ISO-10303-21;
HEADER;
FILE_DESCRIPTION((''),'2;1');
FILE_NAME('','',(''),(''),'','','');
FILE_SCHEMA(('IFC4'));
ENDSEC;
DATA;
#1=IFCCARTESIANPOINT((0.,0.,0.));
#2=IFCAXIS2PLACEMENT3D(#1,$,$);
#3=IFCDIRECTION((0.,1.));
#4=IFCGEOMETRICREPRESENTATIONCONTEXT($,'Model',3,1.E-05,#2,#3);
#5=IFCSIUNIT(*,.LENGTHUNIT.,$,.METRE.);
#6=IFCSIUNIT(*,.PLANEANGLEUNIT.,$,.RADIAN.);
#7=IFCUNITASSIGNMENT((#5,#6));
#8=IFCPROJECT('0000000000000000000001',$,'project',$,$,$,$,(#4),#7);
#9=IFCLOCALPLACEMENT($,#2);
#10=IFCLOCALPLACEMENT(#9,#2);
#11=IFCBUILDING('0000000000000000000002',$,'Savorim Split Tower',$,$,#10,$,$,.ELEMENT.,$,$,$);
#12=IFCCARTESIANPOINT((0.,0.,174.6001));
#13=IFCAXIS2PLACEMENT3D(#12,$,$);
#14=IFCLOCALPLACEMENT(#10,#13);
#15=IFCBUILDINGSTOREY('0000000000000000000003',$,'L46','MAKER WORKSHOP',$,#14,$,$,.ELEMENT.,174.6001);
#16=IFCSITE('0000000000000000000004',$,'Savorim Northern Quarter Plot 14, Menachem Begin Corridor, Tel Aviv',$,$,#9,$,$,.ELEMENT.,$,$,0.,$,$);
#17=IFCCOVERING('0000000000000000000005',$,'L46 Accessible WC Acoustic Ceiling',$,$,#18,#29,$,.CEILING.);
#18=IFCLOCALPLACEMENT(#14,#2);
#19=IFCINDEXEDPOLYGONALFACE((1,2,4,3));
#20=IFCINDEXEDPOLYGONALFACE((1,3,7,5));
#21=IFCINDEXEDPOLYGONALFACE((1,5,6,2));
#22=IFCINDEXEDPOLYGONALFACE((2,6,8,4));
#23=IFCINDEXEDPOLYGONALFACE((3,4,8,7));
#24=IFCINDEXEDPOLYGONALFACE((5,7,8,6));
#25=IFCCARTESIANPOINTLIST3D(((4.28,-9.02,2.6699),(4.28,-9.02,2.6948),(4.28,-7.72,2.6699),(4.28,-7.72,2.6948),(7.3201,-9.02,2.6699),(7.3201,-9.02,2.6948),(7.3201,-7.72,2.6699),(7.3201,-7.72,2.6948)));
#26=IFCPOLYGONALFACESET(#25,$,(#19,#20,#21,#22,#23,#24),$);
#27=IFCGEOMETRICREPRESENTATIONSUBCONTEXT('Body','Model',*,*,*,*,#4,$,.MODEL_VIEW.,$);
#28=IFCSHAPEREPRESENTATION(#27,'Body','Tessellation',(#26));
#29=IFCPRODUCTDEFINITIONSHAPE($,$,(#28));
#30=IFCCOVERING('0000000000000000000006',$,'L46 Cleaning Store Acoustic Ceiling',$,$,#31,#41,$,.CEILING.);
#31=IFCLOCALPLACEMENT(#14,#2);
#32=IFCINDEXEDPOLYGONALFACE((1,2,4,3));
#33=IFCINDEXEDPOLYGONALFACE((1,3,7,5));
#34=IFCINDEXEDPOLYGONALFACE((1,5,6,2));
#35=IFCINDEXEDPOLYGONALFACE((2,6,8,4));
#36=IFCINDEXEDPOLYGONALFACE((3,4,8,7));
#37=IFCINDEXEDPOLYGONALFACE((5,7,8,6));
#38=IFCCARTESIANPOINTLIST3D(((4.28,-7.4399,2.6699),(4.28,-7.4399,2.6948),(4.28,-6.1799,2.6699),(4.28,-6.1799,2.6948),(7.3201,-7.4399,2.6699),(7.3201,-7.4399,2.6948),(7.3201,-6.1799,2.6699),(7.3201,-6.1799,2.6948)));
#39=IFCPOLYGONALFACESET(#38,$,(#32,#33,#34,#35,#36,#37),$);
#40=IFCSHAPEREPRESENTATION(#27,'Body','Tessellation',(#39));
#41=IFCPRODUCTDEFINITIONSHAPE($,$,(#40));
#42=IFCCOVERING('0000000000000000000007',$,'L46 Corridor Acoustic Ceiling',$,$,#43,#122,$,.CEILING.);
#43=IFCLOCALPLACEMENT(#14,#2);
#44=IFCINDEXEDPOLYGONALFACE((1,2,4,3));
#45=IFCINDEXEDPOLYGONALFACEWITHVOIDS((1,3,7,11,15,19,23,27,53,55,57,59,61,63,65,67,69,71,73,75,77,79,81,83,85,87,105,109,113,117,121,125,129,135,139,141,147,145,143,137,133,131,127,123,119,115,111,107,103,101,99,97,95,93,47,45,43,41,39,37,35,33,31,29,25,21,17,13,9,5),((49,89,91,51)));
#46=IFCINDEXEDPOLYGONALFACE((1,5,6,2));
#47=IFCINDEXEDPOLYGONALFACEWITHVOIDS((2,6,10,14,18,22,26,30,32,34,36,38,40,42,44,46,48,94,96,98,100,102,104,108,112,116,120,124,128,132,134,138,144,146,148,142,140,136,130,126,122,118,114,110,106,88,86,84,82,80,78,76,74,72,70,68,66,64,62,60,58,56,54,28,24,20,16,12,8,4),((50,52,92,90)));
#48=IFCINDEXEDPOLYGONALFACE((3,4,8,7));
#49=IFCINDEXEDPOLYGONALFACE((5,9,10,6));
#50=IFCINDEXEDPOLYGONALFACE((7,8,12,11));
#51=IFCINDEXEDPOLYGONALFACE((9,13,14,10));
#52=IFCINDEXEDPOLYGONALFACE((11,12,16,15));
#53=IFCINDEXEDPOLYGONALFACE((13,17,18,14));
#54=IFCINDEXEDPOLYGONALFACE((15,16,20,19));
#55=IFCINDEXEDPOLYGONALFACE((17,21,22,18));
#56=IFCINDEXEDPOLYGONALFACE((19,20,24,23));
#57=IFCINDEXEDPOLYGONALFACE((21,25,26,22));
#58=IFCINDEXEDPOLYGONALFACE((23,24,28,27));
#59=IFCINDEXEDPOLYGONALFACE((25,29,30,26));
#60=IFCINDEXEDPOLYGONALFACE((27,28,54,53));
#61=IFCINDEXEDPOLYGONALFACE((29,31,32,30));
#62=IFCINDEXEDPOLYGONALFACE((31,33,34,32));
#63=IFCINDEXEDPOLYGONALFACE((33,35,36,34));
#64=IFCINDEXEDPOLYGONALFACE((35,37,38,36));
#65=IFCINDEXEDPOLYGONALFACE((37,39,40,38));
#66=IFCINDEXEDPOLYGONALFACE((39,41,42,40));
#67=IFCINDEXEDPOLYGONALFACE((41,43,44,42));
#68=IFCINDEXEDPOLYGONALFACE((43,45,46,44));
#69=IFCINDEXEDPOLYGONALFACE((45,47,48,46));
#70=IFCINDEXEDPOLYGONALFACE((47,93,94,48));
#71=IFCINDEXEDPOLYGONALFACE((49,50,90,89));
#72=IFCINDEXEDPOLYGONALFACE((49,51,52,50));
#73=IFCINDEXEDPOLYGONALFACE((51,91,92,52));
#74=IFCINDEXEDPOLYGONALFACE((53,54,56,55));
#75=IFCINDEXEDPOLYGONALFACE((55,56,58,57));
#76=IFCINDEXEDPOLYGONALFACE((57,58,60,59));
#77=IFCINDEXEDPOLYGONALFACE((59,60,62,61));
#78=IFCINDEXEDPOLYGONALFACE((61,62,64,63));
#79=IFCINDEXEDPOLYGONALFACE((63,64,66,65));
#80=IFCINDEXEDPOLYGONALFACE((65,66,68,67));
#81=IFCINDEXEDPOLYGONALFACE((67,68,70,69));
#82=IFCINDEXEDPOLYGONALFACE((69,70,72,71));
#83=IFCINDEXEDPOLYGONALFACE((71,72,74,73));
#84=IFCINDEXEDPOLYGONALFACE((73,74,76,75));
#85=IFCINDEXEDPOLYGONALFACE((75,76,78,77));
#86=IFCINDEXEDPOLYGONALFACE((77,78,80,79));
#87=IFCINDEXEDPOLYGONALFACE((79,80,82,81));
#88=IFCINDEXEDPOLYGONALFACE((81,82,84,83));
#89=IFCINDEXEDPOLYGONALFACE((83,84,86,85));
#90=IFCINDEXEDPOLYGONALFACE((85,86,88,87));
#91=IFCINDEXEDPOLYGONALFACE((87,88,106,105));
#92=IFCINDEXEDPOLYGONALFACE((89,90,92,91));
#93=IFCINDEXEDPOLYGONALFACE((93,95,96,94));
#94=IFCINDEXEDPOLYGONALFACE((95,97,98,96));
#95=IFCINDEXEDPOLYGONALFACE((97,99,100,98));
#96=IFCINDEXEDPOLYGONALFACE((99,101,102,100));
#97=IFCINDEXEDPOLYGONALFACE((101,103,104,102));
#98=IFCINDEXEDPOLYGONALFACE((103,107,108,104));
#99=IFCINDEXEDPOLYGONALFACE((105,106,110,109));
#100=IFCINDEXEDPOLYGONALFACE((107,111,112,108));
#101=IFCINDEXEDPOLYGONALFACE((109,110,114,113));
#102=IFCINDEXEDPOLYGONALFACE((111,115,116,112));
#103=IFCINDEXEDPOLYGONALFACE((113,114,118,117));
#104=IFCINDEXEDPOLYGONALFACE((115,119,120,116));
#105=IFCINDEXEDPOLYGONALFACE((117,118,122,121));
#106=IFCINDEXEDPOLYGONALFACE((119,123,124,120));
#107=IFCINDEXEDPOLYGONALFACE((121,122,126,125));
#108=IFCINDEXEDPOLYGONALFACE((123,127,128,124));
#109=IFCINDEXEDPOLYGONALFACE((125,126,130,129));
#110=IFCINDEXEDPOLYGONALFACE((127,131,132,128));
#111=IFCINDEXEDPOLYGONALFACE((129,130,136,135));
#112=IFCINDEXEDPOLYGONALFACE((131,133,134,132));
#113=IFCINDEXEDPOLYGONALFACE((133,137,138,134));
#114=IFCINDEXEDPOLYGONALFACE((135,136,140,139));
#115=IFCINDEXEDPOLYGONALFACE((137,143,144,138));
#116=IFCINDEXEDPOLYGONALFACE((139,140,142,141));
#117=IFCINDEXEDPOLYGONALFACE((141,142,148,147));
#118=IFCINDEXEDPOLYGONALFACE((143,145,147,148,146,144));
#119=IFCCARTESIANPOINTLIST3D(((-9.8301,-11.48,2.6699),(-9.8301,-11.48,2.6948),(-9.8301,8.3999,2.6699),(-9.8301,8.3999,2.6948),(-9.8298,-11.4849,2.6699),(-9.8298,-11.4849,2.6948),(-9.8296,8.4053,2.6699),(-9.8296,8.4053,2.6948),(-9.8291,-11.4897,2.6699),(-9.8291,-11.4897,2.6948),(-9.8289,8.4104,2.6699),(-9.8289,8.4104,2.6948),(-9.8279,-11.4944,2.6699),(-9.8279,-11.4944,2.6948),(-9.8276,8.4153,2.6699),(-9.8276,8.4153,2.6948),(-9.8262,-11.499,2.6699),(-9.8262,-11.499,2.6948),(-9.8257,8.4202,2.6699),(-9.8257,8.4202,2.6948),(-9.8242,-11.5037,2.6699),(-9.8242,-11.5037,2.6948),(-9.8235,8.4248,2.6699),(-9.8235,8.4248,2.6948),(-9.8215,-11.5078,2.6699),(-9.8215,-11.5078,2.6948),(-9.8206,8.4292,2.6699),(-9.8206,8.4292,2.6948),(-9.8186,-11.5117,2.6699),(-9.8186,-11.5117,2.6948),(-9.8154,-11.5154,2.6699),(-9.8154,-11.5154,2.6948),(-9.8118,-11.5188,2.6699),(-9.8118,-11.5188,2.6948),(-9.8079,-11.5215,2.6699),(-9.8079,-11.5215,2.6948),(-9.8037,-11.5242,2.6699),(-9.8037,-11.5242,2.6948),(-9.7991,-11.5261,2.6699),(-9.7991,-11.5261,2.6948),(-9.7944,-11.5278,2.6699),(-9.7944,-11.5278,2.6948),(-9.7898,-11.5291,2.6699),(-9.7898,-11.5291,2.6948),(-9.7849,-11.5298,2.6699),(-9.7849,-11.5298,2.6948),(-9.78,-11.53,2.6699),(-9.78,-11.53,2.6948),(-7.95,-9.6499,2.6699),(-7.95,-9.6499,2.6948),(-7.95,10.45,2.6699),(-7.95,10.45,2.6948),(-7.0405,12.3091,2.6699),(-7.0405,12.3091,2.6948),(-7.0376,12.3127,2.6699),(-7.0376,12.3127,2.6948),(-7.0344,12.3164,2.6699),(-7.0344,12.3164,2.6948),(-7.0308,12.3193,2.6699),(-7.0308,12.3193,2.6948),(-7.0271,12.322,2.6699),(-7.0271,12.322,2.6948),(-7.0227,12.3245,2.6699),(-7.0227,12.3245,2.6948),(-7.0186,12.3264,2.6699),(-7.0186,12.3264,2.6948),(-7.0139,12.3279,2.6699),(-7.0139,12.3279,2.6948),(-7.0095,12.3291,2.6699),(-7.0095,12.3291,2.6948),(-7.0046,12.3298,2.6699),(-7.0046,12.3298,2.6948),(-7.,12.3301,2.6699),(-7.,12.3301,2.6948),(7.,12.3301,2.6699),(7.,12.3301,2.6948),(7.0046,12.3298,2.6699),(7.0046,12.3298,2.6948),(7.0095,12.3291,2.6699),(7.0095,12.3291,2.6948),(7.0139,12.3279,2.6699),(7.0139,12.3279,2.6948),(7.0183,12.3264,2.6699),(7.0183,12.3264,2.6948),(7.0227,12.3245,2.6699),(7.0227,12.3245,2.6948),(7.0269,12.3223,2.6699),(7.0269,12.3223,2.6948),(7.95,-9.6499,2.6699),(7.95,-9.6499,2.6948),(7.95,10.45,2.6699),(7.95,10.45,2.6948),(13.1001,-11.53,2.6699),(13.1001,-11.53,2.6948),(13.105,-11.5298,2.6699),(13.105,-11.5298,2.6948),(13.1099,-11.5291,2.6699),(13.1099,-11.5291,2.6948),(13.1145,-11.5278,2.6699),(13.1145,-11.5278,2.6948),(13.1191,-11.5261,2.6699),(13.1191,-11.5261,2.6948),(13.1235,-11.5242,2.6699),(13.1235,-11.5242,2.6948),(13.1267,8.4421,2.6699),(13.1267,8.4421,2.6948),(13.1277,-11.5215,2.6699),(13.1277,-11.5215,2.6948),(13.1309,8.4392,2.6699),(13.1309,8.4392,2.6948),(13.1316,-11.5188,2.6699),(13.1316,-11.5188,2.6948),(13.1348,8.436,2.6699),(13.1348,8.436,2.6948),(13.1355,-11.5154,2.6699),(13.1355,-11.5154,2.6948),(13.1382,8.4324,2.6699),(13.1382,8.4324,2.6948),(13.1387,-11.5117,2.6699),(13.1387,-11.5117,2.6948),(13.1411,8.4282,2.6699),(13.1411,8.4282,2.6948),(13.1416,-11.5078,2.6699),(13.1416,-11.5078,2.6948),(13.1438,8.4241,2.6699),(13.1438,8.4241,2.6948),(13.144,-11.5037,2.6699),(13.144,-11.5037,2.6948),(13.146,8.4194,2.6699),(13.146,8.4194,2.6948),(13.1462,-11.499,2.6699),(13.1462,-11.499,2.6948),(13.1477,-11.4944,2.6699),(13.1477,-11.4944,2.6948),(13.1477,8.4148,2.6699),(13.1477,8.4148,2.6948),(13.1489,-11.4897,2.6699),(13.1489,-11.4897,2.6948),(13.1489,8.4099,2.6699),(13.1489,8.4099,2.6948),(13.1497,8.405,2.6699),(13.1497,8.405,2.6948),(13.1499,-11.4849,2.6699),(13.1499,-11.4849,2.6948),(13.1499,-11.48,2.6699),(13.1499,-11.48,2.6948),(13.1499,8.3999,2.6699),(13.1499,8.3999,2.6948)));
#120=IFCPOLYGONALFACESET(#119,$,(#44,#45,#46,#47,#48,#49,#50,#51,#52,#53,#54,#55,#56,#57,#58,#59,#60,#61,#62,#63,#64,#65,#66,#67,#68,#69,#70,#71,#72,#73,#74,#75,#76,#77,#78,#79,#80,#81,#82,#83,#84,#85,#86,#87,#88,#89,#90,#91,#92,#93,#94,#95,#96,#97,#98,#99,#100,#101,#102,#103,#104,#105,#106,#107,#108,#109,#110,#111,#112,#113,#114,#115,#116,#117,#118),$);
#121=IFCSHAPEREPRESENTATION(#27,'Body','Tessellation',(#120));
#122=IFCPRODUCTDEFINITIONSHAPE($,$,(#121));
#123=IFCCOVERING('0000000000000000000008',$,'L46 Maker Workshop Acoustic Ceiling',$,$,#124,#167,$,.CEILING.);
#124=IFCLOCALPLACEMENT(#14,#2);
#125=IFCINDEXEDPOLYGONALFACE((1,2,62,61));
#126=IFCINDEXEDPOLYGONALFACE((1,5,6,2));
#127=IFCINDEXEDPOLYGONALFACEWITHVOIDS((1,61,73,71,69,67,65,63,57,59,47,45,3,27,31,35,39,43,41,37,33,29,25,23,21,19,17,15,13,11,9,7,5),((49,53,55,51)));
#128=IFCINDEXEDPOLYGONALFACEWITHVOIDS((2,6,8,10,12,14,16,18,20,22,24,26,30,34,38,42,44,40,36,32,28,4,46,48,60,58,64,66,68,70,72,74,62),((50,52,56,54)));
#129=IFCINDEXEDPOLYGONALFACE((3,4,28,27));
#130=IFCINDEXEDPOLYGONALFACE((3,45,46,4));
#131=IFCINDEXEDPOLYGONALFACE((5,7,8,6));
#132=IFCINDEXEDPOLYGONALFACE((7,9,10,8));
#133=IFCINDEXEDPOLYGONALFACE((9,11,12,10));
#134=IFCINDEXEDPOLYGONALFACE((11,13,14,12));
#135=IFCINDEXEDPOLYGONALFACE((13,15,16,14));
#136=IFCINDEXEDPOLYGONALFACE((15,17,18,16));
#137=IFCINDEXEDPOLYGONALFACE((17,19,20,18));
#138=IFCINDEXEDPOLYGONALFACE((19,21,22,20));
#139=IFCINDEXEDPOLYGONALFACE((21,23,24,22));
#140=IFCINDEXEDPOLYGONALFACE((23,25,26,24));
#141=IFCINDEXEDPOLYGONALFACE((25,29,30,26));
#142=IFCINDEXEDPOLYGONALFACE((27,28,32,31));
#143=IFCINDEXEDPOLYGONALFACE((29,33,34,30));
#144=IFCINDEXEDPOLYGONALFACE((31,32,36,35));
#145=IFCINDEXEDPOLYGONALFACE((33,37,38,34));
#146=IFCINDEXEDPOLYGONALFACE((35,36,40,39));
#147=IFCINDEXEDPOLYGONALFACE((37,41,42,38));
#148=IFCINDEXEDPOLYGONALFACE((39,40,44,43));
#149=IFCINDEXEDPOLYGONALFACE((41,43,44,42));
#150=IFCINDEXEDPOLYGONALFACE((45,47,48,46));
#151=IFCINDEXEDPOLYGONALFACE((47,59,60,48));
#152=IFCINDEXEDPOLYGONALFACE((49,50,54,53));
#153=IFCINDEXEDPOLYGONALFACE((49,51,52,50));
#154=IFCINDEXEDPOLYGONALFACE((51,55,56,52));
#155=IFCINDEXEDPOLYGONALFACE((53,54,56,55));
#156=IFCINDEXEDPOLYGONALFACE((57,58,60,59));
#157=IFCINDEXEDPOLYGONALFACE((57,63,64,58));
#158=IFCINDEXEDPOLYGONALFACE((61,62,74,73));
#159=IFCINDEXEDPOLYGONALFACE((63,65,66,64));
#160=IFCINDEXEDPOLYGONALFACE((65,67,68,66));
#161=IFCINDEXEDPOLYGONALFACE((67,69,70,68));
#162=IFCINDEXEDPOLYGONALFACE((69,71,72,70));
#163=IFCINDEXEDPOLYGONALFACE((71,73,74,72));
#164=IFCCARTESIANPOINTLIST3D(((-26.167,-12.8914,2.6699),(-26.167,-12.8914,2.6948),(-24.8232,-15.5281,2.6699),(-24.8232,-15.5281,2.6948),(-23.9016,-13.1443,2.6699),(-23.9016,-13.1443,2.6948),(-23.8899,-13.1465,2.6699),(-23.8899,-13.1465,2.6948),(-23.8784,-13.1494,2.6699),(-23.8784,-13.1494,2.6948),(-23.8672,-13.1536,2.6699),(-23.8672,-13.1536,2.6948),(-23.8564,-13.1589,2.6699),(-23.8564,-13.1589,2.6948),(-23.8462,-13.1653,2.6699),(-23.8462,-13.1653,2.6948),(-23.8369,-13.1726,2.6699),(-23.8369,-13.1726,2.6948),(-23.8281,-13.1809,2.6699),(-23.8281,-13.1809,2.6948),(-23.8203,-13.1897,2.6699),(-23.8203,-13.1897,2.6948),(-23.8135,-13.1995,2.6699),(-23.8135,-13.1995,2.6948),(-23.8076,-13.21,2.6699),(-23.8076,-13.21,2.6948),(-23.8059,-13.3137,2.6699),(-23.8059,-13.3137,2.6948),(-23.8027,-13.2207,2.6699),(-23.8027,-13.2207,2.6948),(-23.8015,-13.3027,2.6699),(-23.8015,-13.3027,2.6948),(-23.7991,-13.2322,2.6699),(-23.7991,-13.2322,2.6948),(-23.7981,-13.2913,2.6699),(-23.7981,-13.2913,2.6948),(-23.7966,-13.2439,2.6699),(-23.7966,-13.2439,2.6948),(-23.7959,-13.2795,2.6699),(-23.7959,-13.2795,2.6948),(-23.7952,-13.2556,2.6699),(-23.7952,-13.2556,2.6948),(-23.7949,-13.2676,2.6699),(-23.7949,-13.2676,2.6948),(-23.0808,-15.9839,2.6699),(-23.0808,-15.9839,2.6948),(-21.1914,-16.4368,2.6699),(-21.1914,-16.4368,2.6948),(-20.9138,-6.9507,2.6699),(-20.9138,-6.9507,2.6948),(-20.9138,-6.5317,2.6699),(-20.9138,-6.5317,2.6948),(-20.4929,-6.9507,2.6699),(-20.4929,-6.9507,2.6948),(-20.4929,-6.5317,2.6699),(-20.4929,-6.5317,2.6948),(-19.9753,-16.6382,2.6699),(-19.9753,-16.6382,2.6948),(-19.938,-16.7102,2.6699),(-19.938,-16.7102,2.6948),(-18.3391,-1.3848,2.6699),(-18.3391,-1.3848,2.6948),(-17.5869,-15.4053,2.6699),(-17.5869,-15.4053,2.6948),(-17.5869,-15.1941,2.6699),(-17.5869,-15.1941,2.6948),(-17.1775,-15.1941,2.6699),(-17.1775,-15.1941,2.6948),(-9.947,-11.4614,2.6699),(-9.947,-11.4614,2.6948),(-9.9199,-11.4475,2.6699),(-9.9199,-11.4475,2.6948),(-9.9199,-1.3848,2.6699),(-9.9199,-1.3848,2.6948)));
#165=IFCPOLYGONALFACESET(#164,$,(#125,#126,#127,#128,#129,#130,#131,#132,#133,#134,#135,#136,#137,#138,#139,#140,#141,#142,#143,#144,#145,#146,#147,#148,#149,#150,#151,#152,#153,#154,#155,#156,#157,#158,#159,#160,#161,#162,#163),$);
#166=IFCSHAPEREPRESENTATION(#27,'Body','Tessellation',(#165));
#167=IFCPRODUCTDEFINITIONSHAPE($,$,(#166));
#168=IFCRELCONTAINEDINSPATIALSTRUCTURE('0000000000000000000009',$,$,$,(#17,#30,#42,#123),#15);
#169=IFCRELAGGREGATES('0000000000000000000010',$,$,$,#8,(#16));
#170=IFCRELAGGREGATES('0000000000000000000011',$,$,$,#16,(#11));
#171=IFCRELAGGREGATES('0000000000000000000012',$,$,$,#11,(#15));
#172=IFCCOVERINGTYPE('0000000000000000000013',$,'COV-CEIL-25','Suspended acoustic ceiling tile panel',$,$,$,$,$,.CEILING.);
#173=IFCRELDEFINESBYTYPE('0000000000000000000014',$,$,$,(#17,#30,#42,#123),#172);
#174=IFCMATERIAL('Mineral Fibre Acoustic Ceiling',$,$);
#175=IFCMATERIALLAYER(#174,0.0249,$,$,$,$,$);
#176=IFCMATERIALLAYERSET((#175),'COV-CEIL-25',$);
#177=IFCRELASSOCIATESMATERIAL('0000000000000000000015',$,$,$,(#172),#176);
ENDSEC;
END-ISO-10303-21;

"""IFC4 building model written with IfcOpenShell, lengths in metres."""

from ifc_helpers import new_model, si_unit, direction, frame, origin, place, context, subcontext, project, spatial, polyline, outline, extrude, material, layer, layer_set, type_object, element, save


model = new_model("IFC4")

# Units and contexts
model_context = context("Model", 3, precision=1e-05, world=origin(), true_north=direction((0.0, 1.0)))
body_context = subcontext(model_context, "Body", "Model", "MODEL_VIEW")
ifc_project = project(units=[si_unit("LENGTHUNIT", "METRE"), si_unit("PLANEANGLEUNIT", "RADIAN")], contexts=[model_context])

# Site, building, storey
site_placement = place(None, origin())
site = spatial("IfcSite", under=ifc_project, at=site_placement, Name="Savorim Northern Quarter Plot 14, Menachem Begin Corridor, Tel Aviv", CompositionType="ELEMENT", RefElevation=0.0)
building_placement = place(site_placement, origin())
building = spatial("IfcBuilding", under=site, at=building_placement, Name="Savorim Split Tower", CompositionType="ELEMENT")
storey_placement = place(building_placement, frame((0.0, 0.0, 174.6001)))
storey = spatial("IfcBuildingStorey", under=building, at=storey_placement, Name="L46", Description="MAKER WORKSHOP", CompositionType="ELEMENT", Elevation=174.6001)

# Coverings
ifc_material_1 = material(Name="Mineral Fibre Acoustic Ceiling")
ifc_layer_1 = layer(ifc_material_1, 0.0249)
ifc_layer_set_1 = layer_set([ifc_layer_1], Name="COV-CEIL-25")
covering_type_1 = type_object("IfcCoveringType", Name="COV-CEIL-25", Description="Suspended acoustic ceiling tile panel", PredefinedType="CEILING", material=ifc_layer_set_1)
covering_1_placement = place(storey_placement, frame((0.0, 0.0, 2.6699)))
element("IfcCovering", 1, at=covering_1_placement, inside=storey, type_object=covering_type_1, Name="L46 Accessible WC Acoustic Ceiling", PredefinedType="CEILING", context=body_context, shape_type="SweptSolid", body=[
    extrude(outline(polyline([(4.28, -7.72), (4.28, -9.02), (7.3201, -9.02), (7.3201, -7.72), (4.28, -7.72)])), origin(), (0.0, 0.0, 1.0), 0.0249),
])
covering_2_placement = place(storey_placement, frame((0.0, 0.0, 2.6699)))
element("IfcCovering", 2, at=covering_2_placement, inside=storey, type_object=covering_type_1, Name="L46 Cleaning Store Acoustic Ceiling", PredefinedType="CEILING", context=body_context, shape_type="SweptSolid", body=[
    extrude(outline(polyline([(4.28, -6.1799), (4.28, -7.4399), (7.3201, -7.4399), (7.3201, -6.1799), (4.28, -6.1799)])), origin(), (0.0, 0.0, 1.0), 0.0249),
])
covering_3_placement = place(storey_placement, frame((0.0, 0.0, 2.6699)))
element("IfcCovering", 3, at=covering_3_placement, inside=storey, type_object=covering_type_1, Name="L46 Corridor Acoustic Ceiling", PredefinedType="CEILING", context=body_context, shape_type="SweptSolid", body=[
    extrude(outline(polyline([(7.0095, 12.3291), (7.0046, 12.3298), (7.0, 12.3301), (-7.0, 12.3301), (-7.0046, 12.3298), (-7.0095, 12.3291), (-7.0139, 12.3279), (-7.0186, 12.3264), (-7.0227, 12.3245), (-7.0271, 12.322), (-7.0308, 12.3193), (-7.0344, 12.3164), (-7.0376, 12.3127), (-7.0405, 12.3091), (-9.8206, 8.4292), (-9.8235, 8.4248), (-9.8257, 8.4202), (-9.8276, 8.4153), (-9.8289, 8.4104), (-9.8296, 8.4053), (-9.8301, 8.3999), (-9.8301, -11.48), (-9.8298, -11.4849), (-9.8291, -11.4897), (-9.8279, -11.4944), (-9.8262, -11.499), (-9.8242, -11.5037), (-9.8215, -11.5078), (-9.8186, -11.5117), (-9.8154, -11.5154), (-9.8118, -11.5188), (-9.8079, -11.5215), (-9.8037, -11.5242), (-9.7991, -11.5261), (-9.7944, -11.5278), (-9.7898, -11.5291), (-9.7849, -11.5298), (-9.78, -11.53), (13.1001, -11.53), (13.105, -11.5298), (13.1099, -11.5291), (13.1145, -11.5278), (13.1191, -11.5261), (13.1235, -11.5242), (13.1277, -11.5215), (13.1316, -11.5188), (13.1355, -11.5154), (13.1387, -11.5117), (13.1416, -11.5078), (13.144, -11.5037), (13.1462, -11.499), (13.1477, -11.4944), (13.1489, -11.4897), (13.1499, -11.4849), (13.1499, -11.48), (13.1499, 8.3999), (13.1497, 8.405), (13.1489, 8.4099), (13.1477, 8.4148), (13.146, 8.4194), (13.1438, 8.4241), (13.1411, 8.4282), (13.1382, 8.4324), (13.1348, 8.436), (13.1309, 8.4392), (13.1267, 8.4421), (7.0269, 12.3223), (7.0227, 12.3245), (7.0183, 12.3264), (7.0139, 12.3279), (7.0095, 12.3291)]), holes=[polyline([(-7.95, 10.45), (-7.95, -9.6499), (7.95, -9.6499), (7.95, 10.45), (-7.95, 10.45)])]), origin(), (0.0, 0.0, 1.0), 0.0249),
])
covering_4_placement = place(storey_placement, frame((0.0, 0.0, 2.6699)))
element("IfcCovering", 4, at=covering_4_placement, inside=storey, type_object=covering_type_1, Name="L46 Maker Workshop Acoustic Ceiling", PredefinedType="CEILING", context=body_context, shape_type="SweptSolid", body=[
    extrude(outline(polyline([(-23.7952, -13.2556), (-23.7949, -13.2676), (-23.7959, -13.2795), (-23.7981, -13.2913), (-23.8015, -13.3027), (-23.8059, -13.3137), (-24.8232, -15.5281), (-23.0808, -15.9839), (-21.1914, -16.4368), (-19.938, -16.7102), (-19.9753, -16.6382), (-17.5869, -15.4053), (-17.5869, -15.1941), (-17.1775, -15.1941), (-9.947, -11.4614), (-9.9199, -11.4475), (-9.9199, -1.3848), (-18.3391, -1.3848), (-26.167, -12.8914), (-23.9016, -13.1443), (-23.8899, -13.1465), (-23.8784, -13.1494), (-23.8672, -13.1536), (-23.8564, -13.1589), (-23.8462, -13.1653), (-23.8369, -13.1726), (-23.8281, -13.1809), (-23.8203, -13.1897), (-23.8135, -13.1995), (-23.8076, -13.21), (-23.8027, -13.2207), (-23.7991, -13.2322), (-23.7966, -13.2439), (-23.7952, -13.2556)]), holes=[polyline([(-20.9138, -6.9507), (-20.4929, -6.9507), (-20.4929, -6.5317), (-20.9138, -6.5317), (-20.9138, -6.9507)])]), origin(), (0.0, 0.0, 1.0), 0.0249),
])

save(model, "model.ifc")
